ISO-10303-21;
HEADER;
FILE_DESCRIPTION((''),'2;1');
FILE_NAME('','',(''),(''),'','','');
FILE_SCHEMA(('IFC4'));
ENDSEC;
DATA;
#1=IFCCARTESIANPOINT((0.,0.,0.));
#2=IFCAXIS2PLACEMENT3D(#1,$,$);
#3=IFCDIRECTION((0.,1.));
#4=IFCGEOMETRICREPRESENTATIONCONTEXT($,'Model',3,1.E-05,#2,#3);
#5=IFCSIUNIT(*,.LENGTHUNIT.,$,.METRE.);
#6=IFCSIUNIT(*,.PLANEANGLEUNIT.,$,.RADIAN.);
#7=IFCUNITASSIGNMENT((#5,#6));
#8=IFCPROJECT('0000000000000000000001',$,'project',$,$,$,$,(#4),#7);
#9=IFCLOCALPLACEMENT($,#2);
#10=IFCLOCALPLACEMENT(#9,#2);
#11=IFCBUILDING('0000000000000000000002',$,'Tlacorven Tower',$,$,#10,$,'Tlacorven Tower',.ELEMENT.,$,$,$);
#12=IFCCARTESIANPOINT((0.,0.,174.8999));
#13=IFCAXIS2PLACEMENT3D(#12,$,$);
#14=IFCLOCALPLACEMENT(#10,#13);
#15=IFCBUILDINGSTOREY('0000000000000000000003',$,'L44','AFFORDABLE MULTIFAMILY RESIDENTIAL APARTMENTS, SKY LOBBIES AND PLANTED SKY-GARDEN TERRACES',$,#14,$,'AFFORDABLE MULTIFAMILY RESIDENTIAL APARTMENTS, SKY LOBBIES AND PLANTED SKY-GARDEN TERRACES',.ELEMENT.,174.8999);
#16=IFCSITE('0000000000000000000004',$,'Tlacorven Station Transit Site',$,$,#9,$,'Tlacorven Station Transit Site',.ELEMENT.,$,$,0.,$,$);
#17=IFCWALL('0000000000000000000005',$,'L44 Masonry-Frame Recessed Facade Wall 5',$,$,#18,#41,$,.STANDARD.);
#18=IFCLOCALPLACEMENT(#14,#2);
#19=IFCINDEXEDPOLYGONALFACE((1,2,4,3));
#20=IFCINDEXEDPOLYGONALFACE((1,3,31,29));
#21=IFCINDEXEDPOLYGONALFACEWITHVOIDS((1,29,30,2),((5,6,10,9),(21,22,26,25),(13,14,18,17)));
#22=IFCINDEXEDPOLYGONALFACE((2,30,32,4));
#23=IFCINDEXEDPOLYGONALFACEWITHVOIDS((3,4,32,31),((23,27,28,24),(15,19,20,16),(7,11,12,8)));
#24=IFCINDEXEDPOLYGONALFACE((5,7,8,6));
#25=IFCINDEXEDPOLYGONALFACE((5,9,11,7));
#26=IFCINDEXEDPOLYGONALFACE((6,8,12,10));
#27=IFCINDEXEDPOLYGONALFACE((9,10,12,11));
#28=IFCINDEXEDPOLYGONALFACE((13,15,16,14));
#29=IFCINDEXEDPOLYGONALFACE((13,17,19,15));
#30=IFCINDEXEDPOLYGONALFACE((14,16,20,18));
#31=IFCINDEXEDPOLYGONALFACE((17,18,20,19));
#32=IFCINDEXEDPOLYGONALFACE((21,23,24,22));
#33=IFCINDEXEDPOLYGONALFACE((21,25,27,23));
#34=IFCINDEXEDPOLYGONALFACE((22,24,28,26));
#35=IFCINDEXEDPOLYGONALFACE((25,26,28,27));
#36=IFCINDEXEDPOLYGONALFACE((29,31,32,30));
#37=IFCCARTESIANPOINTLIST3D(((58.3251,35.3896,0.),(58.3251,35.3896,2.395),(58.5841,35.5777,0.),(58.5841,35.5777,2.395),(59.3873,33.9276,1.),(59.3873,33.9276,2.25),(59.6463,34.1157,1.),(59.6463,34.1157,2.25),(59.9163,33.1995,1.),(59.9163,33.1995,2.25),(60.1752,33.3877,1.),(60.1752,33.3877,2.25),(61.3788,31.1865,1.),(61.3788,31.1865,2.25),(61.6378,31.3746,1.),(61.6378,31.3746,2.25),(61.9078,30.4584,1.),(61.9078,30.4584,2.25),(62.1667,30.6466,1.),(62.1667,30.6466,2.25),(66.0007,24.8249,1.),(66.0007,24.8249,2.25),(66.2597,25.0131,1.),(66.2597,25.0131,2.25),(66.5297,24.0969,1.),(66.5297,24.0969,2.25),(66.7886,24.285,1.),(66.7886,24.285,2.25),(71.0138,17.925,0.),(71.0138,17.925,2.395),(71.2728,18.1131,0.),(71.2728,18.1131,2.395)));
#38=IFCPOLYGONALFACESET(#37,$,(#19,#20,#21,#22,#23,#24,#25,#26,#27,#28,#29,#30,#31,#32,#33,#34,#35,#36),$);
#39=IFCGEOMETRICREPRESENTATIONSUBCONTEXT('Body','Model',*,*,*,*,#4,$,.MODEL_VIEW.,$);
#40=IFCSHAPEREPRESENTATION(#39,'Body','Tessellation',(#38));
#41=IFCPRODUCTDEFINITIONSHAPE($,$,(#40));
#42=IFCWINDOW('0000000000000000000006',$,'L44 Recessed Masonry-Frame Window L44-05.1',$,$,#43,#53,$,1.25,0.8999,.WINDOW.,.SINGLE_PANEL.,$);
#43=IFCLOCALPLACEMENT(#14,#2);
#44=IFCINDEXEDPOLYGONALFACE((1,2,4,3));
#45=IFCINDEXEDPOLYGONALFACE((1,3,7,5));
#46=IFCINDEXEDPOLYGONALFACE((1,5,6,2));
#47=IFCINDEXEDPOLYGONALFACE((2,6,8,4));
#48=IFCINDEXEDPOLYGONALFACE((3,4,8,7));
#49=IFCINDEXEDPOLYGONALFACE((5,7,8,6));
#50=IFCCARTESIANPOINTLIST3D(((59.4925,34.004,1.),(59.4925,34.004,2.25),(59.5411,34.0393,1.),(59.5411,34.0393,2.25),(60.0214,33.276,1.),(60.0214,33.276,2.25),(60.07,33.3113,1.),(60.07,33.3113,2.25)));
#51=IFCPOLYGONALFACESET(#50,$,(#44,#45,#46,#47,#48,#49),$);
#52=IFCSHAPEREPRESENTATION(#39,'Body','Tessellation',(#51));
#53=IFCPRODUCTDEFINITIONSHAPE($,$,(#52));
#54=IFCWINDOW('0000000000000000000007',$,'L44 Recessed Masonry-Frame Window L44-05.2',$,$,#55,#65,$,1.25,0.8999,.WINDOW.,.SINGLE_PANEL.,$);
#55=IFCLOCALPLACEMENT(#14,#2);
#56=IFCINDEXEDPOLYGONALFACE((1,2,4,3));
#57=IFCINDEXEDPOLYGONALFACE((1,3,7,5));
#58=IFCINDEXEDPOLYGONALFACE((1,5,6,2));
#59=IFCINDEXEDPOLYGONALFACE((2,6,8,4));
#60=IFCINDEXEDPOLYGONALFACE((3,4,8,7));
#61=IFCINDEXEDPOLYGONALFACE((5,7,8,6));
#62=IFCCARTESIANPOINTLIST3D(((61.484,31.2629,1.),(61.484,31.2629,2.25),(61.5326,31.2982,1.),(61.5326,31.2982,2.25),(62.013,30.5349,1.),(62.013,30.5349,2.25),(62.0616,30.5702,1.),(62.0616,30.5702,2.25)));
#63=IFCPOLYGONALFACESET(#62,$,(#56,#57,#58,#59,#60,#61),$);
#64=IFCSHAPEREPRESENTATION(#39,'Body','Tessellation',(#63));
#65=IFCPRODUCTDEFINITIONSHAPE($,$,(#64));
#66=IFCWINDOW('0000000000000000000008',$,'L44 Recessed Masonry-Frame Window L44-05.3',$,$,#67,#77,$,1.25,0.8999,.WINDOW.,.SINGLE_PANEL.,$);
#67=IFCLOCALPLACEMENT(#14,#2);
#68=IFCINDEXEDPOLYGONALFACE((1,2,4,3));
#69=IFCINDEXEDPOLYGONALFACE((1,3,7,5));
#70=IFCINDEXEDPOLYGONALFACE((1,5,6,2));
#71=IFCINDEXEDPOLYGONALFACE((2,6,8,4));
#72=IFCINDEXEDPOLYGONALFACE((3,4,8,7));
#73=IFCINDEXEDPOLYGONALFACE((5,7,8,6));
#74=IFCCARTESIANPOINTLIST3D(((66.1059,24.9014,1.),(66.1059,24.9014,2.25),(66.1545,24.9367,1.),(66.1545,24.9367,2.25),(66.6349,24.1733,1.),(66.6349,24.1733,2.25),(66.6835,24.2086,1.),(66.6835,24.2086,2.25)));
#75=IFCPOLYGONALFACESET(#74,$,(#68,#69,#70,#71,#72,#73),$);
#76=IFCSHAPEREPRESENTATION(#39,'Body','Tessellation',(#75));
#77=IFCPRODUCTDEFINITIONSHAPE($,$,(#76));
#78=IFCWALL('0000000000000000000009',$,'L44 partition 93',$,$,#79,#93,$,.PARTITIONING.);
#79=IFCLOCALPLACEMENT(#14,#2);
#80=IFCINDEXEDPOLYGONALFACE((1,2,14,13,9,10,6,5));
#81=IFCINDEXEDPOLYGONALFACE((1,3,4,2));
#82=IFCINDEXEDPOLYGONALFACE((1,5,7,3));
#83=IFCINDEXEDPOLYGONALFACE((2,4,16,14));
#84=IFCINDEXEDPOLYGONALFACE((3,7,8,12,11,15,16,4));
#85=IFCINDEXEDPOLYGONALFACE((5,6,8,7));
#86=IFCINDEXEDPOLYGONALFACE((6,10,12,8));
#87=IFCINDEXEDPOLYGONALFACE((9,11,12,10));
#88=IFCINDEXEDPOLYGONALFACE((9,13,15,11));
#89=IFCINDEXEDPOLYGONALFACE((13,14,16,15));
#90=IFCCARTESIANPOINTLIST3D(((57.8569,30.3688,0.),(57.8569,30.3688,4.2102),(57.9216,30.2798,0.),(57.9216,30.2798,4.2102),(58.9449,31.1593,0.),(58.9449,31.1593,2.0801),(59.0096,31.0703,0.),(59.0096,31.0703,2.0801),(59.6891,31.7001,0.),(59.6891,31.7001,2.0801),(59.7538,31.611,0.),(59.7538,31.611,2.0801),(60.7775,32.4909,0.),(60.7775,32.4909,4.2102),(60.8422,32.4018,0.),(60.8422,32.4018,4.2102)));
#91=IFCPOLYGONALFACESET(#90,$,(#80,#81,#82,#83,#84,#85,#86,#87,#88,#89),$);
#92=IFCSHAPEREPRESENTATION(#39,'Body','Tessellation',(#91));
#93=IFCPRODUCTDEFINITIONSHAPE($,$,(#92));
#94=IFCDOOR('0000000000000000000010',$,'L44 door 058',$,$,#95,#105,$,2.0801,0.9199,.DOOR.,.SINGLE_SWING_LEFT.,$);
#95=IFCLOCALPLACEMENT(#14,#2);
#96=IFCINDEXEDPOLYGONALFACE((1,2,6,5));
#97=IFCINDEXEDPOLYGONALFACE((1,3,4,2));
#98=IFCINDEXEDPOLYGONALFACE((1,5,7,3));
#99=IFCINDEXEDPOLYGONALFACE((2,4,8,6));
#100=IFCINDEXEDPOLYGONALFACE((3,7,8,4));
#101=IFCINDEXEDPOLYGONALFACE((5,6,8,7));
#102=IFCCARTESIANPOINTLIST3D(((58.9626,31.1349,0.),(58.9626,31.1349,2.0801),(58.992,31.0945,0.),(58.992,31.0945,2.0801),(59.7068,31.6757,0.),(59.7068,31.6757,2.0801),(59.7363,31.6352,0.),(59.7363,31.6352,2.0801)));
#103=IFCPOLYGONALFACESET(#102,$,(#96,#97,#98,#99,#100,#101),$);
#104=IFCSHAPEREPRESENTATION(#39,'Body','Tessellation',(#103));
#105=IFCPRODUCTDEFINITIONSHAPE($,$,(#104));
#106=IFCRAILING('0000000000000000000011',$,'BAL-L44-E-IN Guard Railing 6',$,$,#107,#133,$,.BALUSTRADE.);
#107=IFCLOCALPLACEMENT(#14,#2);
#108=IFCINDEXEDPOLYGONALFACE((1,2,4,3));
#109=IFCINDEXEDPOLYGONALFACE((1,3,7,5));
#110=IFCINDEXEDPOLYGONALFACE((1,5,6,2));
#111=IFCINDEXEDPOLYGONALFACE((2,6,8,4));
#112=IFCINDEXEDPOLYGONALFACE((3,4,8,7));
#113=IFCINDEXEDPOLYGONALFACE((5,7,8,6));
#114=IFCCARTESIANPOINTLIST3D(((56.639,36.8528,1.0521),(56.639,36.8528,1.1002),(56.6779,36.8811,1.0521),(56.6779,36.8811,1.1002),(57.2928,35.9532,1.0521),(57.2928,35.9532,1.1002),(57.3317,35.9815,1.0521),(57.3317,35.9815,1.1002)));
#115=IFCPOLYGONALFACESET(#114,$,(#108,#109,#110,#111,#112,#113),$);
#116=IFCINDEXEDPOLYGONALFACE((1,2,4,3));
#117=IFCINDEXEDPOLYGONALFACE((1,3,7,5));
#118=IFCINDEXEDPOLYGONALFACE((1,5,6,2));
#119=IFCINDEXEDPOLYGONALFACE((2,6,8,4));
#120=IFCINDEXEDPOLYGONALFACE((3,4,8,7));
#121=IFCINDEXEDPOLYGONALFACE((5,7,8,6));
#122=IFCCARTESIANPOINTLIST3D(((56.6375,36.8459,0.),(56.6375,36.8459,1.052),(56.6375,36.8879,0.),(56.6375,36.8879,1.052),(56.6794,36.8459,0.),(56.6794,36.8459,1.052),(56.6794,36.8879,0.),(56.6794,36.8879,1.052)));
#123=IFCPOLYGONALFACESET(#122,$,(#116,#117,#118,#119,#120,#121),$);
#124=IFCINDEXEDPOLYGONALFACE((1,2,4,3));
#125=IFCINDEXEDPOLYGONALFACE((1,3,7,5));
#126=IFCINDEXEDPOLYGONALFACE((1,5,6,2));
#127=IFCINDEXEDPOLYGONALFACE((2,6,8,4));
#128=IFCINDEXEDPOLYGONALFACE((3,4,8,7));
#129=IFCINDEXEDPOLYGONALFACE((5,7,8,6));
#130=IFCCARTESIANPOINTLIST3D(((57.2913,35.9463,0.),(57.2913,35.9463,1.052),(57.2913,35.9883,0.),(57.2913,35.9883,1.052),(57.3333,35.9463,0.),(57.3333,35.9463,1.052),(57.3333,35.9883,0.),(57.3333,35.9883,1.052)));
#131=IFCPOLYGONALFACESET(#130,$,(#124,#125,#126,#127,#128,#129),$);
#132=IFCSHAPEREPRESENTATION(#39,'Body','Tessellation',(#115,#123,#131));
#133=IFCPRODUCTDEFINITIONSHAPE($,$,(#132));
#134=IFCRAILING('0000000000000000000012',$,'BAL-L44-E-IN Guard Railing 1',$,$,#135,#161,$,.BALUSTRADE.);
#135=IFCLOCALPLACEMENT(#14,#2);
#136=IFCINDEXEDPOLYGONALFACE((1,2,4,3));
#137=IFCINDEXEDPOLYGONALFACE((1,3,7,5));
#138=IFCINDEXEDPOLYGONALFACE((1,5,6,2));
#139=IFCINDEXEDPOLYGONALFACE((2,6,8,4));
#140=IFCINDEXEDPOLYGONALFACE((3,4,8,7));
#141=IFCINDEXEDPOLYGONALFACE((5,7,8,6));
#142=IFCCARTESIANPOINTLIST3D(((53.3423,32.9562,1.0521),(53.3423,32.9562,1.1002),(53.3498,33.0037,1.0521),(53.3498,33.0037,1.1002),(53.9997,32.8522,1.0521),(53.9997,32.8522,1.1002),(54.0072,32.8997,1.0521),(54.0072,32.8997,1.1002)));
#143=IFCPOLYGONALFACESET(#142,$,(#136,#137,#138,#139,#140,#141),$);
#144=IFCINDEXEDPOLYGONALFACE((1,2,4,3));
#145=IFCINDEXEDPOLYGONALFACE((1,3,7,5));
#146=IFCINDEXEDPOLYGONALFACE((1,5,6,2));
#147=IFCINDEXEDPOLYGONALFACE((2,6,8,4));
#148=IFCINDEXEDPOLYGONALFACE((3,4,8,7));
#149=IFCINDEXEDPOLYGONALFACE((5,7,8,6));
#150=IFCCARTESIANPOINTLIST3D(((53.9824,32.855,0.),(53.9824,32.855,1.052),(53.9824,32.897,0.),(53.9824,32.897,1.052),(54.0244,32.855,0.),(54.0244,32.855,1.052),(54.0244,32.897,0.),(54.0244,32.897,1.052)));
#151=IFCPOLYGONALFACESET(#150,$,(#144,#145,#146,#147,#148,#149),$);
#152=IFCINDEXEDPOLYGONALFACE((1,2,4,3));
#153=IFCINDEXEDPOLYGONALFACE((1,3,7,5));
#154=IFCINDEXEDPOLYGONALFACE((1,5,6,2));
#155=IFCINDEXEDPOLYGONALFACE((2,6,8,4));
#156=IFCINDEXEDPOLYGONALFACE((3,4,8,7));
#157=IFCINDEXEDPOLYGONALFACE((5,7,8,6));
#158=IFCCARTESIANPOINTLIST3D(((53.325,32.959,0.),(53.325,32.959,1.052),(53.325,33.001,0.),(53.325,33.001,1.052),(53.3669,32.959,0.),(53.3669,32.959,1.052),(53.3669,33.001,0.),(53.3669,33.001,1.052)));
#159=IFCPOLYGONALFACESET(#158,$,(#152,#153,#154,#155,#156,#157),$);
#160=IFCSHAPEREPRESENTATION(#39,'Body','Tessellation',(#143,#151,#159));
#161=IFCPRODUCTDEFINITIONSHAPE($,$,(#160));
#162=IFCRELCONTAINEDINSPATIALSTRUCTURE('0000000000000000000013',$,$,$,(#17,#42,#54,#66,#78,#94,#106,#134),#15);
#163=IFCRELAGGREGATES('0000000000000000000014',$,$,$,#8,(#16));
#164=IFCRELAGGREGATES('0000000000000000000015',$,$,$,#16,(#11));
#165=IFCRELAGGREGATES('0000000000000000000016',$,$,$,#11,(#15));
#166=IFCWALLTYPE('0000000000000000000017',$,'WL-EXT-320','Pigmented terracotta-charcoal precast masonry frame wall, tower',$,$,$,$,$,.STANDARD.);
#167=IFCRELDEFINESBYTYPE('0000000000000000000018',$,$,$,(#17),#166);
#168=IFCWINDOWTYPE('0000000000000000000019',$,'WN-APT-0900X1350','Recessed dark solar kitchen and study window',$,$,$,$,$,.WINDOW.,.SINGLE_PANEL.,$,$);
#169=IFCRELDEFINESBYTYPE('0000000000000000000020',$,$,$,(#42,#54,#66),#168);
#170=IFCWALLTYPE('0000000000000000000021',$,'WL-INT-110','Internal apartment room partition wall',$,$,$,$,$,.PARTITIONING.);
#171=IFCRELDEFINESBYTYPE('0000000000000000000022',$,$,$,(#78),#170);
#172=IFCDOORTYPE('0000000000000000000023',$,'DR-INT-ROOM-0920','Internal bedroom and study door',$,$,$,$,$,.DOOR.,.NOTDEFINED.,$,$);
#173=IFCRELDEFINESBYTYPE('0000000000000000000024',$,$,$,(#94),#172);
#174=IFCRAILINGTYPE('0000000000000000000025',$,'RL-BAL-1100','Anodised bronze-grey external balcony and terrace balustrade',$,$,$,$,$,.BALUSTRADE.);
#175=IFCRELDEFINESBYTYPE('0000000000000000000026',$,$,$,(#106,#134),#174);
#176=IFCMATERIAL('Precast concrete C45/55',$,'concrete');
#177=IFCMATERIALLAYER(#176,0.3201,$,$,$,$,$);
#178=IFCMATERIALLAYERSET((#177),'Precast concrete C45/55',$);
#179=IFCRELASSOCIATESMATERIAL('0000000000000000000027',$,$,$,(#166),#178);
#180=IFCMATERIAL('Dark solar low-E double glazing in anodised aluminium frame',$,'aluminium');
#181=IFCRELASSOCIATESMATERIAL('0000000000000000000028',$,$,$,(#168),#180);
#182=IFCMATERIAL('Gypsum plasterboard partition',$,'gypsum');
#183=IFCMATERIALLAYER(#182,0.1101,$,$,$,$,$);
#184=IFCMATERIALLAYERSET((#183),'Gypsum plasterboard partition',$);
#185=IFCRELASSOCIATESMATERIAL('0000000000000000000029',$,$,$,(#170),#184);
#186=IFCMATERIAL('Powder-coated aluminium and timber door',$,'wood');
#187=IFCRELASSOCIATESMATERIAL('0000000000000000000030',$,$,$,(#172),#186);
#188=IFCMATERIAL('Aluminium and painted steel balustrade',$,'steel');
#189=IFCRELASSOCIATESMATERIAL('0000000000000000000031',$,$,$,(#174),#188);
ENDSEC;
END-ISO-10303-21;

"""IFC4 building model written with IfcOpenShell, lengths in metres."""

from ifc_helpers import new_model, si_unit, direction, frame, frame_2d, origin, origin_2d, place, context, subcontext, project, spatial, rectangle, extrude, source, transform, mapped, material, layer, layer_set, type_object, element, fill, save


model = new_model("IFC4")

# Units and contexts
model_context = context("Model", 3, precision=1e-05, world=origin(), true_north=direction((0.0, 1.0)))
body_context = subcontext(model_context, "Body", "Model", "MODEL_VIEW")
ifc_project = project(units=[si_unit("LENGTHUNIT", "METRE"), si_unit("PLANEANGLEUNIT", "RADIAN")], contexts=[model_context])

# Site, building, storey
site_placement = place(None, origin())
site = spatial("IfcSite", under=ifc_project, at=site_placement, Name="Tlacorven Station Transit Site", LongName="Tlacorven Station Transit Site", CompositionType="ELEMENT", RefElevation=0.0)
building_placement = place(site_placement, origin())
building = spatial("IfcBuilding", under=site, at=building_placement, Name="Tlacorven Tower", LongName="Tlacorven Tower", CompositionType="ELEMENT")
storey_placement = place(building_placement, frame((0.0, 0.0, 174.8999)))
storey = spatial("IfcBuildingStorey", under=building, at=storey_placement, Name="L44", Description="AFFORDABLE MULTIFAMILY RESIDENTIAL APARTMENTS, SKY LOBBIES AND PLANTED SKY-GARDEN TERRACES", LongName="AFFORDABLE MULTIFAMILY RESIDENTIAL APARTMENTS, SKY LOBBIES AND PLANTED SKY-GARDEN TERRACES", CompositionType="ELEMENT", Elevation=174.8999)

# Wall, openings, windows
ifc_material_1 = material(Name="Precast concrete C45/55", Category="concrete")
ifc_layer_1 = layer(ifc_material_1, 0.3201)
ifc_layer_set_1 = layer_set([ifc_layer_1], Name="Precast concrete C45/55")
wall_type_1 = type_object("IfcWallType", Name="WL-EXT-320", Description="Pigmented terracotta-charcoal precast masonry frame wall, tower", PredefinedType="STANDARD", material=ifc_layer_set_1)
wall_1_placement = place(storey_placement, frame((58.4546, 35.4836, 0.0), z_axis=(0.0, 0.0, 1.0), x_axis=(0.587784, -0.809018, 0.0)))
wall_1 = element("IfcWall", 1, at=wall_1_placement, inside=storey, type_object=wall_type_1, Name="L44 Masonry-Frame Recessed Facade Wall 5", PredefinedType="STANDARD", context=body_context, shape_type="SweptSolid", body=[
    extrude(rectangle(XDim=21.5874, YDim=0.3201, at=frame_2d((10.7937, 0.0))), origin(), (0.0, 0.0, 1.0), 2.395),
])
opening_1_placement = place(wall_1_placement, frame((1.8071, 0.0, 1.0)))
opening_1 = element("IfcOpeningElement", 2, at=opening_1_placement, cuts=wall_1, PredefinedType="OPENING", context=body_context, shape_type="SweptSolid", body=[
    extrude(rectangle(XDim=0.8999, YDim=1.25, at=frame_2d((0.45, 0.625))), frame((0.0, 0.1699, 0.0), z_axis=(0.0, -1.0, 0.0), x_axis=(1.0, 0.0, 0.0)), (0.0, 0.0, 1.0), 0.3401),
])
opening_2_placement = place(wall_1_placement, frame((5.1953, 0.0, 1.0)))
opening_2 = element("IfcOpeningElement", 3, at=opening_2_placement, cuts=wall_1, PredefinedType="OPENING", context=body_context, shape_type="SweptSolid", body=[
    extrude(rectangle(XDim=0.8999, YDim=1.25, at=frame_2d((0.45, 0.625))), frame((0.0, 0.1699, 0.0), z_axis=(0.0, -1.0, 0.0), x_axis=(1.0, 0.0, 0.0)), (0.0, 0.0, 1.0), 0.3401),
])
opening_3_placement = place(wall_1_placement, frame((13.0586, 0.0, 1.0)))
opening_3 = element("IfcOpeningElement", 4, at=opening_3_placement, cuts=wall_1, PredefinedType="OPENING", context=body_context, shape_type="SweptSolid", body=[
    extrude(rectangle(XDim=0.8999, YDim=1.25, at=frame_2d((0.45, 0.625))), frame((0.0, 0.1699, 0.0), z_axis=(0.0, -1.0, 0.0), x_axis=(1.0, 0.0, 0.0)), (0.0, 0.0, 1.0), 0.3401),
])
ifc_material_2 = material(Name="Dark solar low-E double glazing in anodised aluminium frame", Category="aluminium")
window_type = type_object("IfcWindowType", Name="WN-APT-0900X1350", Description="Recessed dark solar kitchen and study window", PartitioningType="SINGLE_PANEL", PredefinedType="WINDOW", material=ifc_material_2)
shared_shape_1 = source(origin(), body_context, "Body", "SweptSolid", [
    extrude(rectangle(XDim=0.8999, YDim=1.25, at=frame_2d((0.45, 0.625))), frame((0.0, 0.03, 0.0), z_axis=(0.0, -1.0, 0.0), x_axis=(1.0, 0.0, 0.0)), (0.0, 0.0, 1.0), 0.0601),
])
window_1_placement = place(opening_1_placement, origin())
window_1 = element("IfcWindow", 5, at=window_1_placement, inside=storey, type_object=window_type, Name="L44 Recessed Masonry-Frame Window L44-05.1", OverallHeight=1.25, OverallWidth=0.8999, PartitioningType="SINGLE_PANEL", PredefinedType="WINDOW", context=body_context, shape_type="MappedRepresentation", body=[
    mapped(shared_shape_1, transform((0.0, 0.0, 0.0), scale=1.0)),
])
fill(opening_1, window_1)
window_2_placement = place(opening_2_placement, origin())
window_2 = element("IfcWindow", 6, at=window_2_placement, inside=storey, type_object=window_type, Name="L44 Recessed Masonry-Frame Window L44-05.2", OverallHeight=1.25, OverallWidth=0.8999, PartitioningType="SINGLE_PANEL", PredefinedType="WINDOW", context=body_context, shape_type="MappedRepresentation", body=[
    mapped(shared_shape_1, transform((0.0, 0.0, 0.0), scale=1.0)),
])
fill(opening_2, window_2)
window_3_placement = place(opening_3_placement, origin())
window_3 = element("IfcWindow", 7, at=window_3_placement, inside=storey, type_object=window_type, Name="L44 Recessed Masonry-Frame Window L44-05.3", OverallHeight=1.25, OverallWidth=0.8999, PartitioningType="SINGLE_PANEL", PredefinedType="WINDOW", context=body_context, shape_type="MappedRepresentation", body=[
    mapped(shared_shape_1, transform((0.0, 0.0, 0.0), scale=1.0)),
])
fill(opening_3, window_3)

# Wall, opening, door
ifc_material_3 = material(Name="Gypsum plasterboard partition", Category="gypsum")
ifc_layer_2 = layer(ifc_material_3, 0.1101)
ifc_layer_set_2 = layer_set([ifc_layer_2], Name="Gypsum plasterboard partition")
wall_type_2 = type_object("IfcWallType", Name="WL-INT-110", Description="Internal apartment room partition wall", PredefinedType="PARTITIONING", material=ifc_layer_set_2)
wall_2_placement = place(storey_placement, frame((57.8892, 30.3242, 0.0), z_axis=(0.0, 0.0, 1.0), x_axis=(0.809005, 0.587802, 0.0)))
wall_2 = element("IfcWall", 8, at=wall_2_placement, inside=storey, type_object=wall_type_2, Name="L44 partition 93", PredefinedType="PARTITIONING", context=body_context, shape_type="SweptSolid", body=[
    extrude(rectangle(XDim=3.6101, YDim=0.1101, at=frame_2d((1.8052, 0.0))), origin(), (0.0, 0.0, 1.0), 4.2102),
])
opening_4_placement = place(wall_2_placement, frame((1.345, 0.0, 0.0)))
opening_4 = element("IfcOpeningElement", 9, at=opening_4_placement, cuts=wall_2, PredefinedType="OPENING", context=body_context, shape_type="SweptSolid", body=[
    extrude(rectangle(XDim=0.9199, YDim=2.0801, at=frame_2d((0.46, 1.04))), frame((0.0, 0.0649, 0.0), z_axis=(0.0, -1.0, 0.0), x_axis=(1.0, 0.0, 0.0)), (0.0, 0.0, 1.0), 0.1301),
])
ifc_material_4 = material(Name="Powder-coated aluminium and timber door", Category="wood")
door_type = type_object("IfcDoorType", Name="DR-INT-ROOM-0920", Description="Internal bedroom and study door", OperationType="NOTDEFINED", PredefinedType="DOOR", material=ifc_material_4)
shared_shape_2 = source(origin(), body_context, "Body", "SweptSolid", [
    extrude(rectangle(XDim=0.9199, YDim=2.0801, at=frame_2d((0.46, 1.04))), frame((0.0, 0.0249, 0.0), z_axis=(0.0, -1.0, 0.0), x_axis=(1.0, 0.0, 0.0)), (0.0, 0.0, 1.0), 0.05),
])
door_placement = place(opening_4_placement, origin())
door = element("IfcDoor", 10, at=door_placement, inside=storey, type_object=door_type, Name="L44 door 058", OperationType="SINGLE_SWING_LEFT", OverallHeight=2.0801, OverallWidth=0.9199, PredefinedType="DOOR", context=body_context, shape_type="MappedRepresentation", body=[
    mapped(shared_shape_2, transform((0.0, 0.0, 0.0), scale=1.0)),
])
fill(opening_4, door)

# Railings
ifc_material_5 = material(Name="Aluminium and painted steel balustrade", Category="steel")
railing_type_1 = type_object("IfcRailingType", Name="RL-BAL-1100", Description="Anodised bronze-grey external balcony and terrace balustrade", PredefinedType="BALUSTRADE", material=ifc_material_5)
shared_shape_3 = source(origin(), body_context, "Body", "SweptSolid", [
    extrude(rectangle(XDim=0.0481, YDim=0.0481, at=origin_2d()), frame((0.0, 0.0, 1.0762), z_axis=(0.587884, -0.808945, 0.0), x_axis=(0.808945, 0.587884, 0.0)), (0.0, 0.0, 1.0), 1.1121),
    extrude(rectangle(XDim=0.042, YDim=0.042, at=origin_2d()), origin(), (0.0, 0.0, 1.0), 1.052),
    extrude(rectangle(XDim=0.042, YDim=0.042, at=origin_2d()), frame((0.6538, -0.8997, 0.0)), (0.0, 0.0, 1.0), 1.052),
])
railing_1_placement = place(storey_placement, frame((56.6584, 36.8669, 0.0)))
element("IfcRailing", 11, at=railing_1_placement, inside=storey, type_object=railing_type_1, Name="BAL-L44-E-IN Guard Railing 6", PredefinedType="BALUSTRADE", context=body_context, shape_type="MappedRepresentation", body=[
    mapped(shared_shape_3, transform((0.0, 0.0, 0.0), scale=1.0)),
])
shared_shape_4 = source(origin(), body_context, "Body", "SweptSolid", [
    extrude(rectangle(XDim=0.0481, YDim=0.0481, at=origin_2d()), frame((0.0, 0.0, 1.0762), z_axis=(-0.987718, 0.156245, 0.0), x_axis=(-0.156245, -0.987718, 0.0)), (0.0, 0.0, 1.0), 0.6655),
    extrude(rectangle(XDim=0.042, YDim=0.042, at=origin_2d()), origin(), (0.0, 0.0, 1.0), 1.052),
    extrude(rectangle(XDim=0.042, YDim=0.042, at=origin_2d()), frame((-0.6575, 0.104, 0.0)), (0.0, 0.0, 1.0), 1.052),
])
railing_2_placement = place(storey_placement, frame((54.0034, 32.876, 0.0)))
element("IfcRailing", 12, at=railing_2_placement, inside=storey, type_object=railing_type_1, Name="BAL-L44-E-IN Guard Railing 1", PredefinedType="BALUSTRADE", context=body_context, shape_type="MappedRepresentation", body=[
    mapped(shared_shape_4, transform((0.0, 0.0, 0.0), scale=1.0)),
])

save(model, "model.ifc")
